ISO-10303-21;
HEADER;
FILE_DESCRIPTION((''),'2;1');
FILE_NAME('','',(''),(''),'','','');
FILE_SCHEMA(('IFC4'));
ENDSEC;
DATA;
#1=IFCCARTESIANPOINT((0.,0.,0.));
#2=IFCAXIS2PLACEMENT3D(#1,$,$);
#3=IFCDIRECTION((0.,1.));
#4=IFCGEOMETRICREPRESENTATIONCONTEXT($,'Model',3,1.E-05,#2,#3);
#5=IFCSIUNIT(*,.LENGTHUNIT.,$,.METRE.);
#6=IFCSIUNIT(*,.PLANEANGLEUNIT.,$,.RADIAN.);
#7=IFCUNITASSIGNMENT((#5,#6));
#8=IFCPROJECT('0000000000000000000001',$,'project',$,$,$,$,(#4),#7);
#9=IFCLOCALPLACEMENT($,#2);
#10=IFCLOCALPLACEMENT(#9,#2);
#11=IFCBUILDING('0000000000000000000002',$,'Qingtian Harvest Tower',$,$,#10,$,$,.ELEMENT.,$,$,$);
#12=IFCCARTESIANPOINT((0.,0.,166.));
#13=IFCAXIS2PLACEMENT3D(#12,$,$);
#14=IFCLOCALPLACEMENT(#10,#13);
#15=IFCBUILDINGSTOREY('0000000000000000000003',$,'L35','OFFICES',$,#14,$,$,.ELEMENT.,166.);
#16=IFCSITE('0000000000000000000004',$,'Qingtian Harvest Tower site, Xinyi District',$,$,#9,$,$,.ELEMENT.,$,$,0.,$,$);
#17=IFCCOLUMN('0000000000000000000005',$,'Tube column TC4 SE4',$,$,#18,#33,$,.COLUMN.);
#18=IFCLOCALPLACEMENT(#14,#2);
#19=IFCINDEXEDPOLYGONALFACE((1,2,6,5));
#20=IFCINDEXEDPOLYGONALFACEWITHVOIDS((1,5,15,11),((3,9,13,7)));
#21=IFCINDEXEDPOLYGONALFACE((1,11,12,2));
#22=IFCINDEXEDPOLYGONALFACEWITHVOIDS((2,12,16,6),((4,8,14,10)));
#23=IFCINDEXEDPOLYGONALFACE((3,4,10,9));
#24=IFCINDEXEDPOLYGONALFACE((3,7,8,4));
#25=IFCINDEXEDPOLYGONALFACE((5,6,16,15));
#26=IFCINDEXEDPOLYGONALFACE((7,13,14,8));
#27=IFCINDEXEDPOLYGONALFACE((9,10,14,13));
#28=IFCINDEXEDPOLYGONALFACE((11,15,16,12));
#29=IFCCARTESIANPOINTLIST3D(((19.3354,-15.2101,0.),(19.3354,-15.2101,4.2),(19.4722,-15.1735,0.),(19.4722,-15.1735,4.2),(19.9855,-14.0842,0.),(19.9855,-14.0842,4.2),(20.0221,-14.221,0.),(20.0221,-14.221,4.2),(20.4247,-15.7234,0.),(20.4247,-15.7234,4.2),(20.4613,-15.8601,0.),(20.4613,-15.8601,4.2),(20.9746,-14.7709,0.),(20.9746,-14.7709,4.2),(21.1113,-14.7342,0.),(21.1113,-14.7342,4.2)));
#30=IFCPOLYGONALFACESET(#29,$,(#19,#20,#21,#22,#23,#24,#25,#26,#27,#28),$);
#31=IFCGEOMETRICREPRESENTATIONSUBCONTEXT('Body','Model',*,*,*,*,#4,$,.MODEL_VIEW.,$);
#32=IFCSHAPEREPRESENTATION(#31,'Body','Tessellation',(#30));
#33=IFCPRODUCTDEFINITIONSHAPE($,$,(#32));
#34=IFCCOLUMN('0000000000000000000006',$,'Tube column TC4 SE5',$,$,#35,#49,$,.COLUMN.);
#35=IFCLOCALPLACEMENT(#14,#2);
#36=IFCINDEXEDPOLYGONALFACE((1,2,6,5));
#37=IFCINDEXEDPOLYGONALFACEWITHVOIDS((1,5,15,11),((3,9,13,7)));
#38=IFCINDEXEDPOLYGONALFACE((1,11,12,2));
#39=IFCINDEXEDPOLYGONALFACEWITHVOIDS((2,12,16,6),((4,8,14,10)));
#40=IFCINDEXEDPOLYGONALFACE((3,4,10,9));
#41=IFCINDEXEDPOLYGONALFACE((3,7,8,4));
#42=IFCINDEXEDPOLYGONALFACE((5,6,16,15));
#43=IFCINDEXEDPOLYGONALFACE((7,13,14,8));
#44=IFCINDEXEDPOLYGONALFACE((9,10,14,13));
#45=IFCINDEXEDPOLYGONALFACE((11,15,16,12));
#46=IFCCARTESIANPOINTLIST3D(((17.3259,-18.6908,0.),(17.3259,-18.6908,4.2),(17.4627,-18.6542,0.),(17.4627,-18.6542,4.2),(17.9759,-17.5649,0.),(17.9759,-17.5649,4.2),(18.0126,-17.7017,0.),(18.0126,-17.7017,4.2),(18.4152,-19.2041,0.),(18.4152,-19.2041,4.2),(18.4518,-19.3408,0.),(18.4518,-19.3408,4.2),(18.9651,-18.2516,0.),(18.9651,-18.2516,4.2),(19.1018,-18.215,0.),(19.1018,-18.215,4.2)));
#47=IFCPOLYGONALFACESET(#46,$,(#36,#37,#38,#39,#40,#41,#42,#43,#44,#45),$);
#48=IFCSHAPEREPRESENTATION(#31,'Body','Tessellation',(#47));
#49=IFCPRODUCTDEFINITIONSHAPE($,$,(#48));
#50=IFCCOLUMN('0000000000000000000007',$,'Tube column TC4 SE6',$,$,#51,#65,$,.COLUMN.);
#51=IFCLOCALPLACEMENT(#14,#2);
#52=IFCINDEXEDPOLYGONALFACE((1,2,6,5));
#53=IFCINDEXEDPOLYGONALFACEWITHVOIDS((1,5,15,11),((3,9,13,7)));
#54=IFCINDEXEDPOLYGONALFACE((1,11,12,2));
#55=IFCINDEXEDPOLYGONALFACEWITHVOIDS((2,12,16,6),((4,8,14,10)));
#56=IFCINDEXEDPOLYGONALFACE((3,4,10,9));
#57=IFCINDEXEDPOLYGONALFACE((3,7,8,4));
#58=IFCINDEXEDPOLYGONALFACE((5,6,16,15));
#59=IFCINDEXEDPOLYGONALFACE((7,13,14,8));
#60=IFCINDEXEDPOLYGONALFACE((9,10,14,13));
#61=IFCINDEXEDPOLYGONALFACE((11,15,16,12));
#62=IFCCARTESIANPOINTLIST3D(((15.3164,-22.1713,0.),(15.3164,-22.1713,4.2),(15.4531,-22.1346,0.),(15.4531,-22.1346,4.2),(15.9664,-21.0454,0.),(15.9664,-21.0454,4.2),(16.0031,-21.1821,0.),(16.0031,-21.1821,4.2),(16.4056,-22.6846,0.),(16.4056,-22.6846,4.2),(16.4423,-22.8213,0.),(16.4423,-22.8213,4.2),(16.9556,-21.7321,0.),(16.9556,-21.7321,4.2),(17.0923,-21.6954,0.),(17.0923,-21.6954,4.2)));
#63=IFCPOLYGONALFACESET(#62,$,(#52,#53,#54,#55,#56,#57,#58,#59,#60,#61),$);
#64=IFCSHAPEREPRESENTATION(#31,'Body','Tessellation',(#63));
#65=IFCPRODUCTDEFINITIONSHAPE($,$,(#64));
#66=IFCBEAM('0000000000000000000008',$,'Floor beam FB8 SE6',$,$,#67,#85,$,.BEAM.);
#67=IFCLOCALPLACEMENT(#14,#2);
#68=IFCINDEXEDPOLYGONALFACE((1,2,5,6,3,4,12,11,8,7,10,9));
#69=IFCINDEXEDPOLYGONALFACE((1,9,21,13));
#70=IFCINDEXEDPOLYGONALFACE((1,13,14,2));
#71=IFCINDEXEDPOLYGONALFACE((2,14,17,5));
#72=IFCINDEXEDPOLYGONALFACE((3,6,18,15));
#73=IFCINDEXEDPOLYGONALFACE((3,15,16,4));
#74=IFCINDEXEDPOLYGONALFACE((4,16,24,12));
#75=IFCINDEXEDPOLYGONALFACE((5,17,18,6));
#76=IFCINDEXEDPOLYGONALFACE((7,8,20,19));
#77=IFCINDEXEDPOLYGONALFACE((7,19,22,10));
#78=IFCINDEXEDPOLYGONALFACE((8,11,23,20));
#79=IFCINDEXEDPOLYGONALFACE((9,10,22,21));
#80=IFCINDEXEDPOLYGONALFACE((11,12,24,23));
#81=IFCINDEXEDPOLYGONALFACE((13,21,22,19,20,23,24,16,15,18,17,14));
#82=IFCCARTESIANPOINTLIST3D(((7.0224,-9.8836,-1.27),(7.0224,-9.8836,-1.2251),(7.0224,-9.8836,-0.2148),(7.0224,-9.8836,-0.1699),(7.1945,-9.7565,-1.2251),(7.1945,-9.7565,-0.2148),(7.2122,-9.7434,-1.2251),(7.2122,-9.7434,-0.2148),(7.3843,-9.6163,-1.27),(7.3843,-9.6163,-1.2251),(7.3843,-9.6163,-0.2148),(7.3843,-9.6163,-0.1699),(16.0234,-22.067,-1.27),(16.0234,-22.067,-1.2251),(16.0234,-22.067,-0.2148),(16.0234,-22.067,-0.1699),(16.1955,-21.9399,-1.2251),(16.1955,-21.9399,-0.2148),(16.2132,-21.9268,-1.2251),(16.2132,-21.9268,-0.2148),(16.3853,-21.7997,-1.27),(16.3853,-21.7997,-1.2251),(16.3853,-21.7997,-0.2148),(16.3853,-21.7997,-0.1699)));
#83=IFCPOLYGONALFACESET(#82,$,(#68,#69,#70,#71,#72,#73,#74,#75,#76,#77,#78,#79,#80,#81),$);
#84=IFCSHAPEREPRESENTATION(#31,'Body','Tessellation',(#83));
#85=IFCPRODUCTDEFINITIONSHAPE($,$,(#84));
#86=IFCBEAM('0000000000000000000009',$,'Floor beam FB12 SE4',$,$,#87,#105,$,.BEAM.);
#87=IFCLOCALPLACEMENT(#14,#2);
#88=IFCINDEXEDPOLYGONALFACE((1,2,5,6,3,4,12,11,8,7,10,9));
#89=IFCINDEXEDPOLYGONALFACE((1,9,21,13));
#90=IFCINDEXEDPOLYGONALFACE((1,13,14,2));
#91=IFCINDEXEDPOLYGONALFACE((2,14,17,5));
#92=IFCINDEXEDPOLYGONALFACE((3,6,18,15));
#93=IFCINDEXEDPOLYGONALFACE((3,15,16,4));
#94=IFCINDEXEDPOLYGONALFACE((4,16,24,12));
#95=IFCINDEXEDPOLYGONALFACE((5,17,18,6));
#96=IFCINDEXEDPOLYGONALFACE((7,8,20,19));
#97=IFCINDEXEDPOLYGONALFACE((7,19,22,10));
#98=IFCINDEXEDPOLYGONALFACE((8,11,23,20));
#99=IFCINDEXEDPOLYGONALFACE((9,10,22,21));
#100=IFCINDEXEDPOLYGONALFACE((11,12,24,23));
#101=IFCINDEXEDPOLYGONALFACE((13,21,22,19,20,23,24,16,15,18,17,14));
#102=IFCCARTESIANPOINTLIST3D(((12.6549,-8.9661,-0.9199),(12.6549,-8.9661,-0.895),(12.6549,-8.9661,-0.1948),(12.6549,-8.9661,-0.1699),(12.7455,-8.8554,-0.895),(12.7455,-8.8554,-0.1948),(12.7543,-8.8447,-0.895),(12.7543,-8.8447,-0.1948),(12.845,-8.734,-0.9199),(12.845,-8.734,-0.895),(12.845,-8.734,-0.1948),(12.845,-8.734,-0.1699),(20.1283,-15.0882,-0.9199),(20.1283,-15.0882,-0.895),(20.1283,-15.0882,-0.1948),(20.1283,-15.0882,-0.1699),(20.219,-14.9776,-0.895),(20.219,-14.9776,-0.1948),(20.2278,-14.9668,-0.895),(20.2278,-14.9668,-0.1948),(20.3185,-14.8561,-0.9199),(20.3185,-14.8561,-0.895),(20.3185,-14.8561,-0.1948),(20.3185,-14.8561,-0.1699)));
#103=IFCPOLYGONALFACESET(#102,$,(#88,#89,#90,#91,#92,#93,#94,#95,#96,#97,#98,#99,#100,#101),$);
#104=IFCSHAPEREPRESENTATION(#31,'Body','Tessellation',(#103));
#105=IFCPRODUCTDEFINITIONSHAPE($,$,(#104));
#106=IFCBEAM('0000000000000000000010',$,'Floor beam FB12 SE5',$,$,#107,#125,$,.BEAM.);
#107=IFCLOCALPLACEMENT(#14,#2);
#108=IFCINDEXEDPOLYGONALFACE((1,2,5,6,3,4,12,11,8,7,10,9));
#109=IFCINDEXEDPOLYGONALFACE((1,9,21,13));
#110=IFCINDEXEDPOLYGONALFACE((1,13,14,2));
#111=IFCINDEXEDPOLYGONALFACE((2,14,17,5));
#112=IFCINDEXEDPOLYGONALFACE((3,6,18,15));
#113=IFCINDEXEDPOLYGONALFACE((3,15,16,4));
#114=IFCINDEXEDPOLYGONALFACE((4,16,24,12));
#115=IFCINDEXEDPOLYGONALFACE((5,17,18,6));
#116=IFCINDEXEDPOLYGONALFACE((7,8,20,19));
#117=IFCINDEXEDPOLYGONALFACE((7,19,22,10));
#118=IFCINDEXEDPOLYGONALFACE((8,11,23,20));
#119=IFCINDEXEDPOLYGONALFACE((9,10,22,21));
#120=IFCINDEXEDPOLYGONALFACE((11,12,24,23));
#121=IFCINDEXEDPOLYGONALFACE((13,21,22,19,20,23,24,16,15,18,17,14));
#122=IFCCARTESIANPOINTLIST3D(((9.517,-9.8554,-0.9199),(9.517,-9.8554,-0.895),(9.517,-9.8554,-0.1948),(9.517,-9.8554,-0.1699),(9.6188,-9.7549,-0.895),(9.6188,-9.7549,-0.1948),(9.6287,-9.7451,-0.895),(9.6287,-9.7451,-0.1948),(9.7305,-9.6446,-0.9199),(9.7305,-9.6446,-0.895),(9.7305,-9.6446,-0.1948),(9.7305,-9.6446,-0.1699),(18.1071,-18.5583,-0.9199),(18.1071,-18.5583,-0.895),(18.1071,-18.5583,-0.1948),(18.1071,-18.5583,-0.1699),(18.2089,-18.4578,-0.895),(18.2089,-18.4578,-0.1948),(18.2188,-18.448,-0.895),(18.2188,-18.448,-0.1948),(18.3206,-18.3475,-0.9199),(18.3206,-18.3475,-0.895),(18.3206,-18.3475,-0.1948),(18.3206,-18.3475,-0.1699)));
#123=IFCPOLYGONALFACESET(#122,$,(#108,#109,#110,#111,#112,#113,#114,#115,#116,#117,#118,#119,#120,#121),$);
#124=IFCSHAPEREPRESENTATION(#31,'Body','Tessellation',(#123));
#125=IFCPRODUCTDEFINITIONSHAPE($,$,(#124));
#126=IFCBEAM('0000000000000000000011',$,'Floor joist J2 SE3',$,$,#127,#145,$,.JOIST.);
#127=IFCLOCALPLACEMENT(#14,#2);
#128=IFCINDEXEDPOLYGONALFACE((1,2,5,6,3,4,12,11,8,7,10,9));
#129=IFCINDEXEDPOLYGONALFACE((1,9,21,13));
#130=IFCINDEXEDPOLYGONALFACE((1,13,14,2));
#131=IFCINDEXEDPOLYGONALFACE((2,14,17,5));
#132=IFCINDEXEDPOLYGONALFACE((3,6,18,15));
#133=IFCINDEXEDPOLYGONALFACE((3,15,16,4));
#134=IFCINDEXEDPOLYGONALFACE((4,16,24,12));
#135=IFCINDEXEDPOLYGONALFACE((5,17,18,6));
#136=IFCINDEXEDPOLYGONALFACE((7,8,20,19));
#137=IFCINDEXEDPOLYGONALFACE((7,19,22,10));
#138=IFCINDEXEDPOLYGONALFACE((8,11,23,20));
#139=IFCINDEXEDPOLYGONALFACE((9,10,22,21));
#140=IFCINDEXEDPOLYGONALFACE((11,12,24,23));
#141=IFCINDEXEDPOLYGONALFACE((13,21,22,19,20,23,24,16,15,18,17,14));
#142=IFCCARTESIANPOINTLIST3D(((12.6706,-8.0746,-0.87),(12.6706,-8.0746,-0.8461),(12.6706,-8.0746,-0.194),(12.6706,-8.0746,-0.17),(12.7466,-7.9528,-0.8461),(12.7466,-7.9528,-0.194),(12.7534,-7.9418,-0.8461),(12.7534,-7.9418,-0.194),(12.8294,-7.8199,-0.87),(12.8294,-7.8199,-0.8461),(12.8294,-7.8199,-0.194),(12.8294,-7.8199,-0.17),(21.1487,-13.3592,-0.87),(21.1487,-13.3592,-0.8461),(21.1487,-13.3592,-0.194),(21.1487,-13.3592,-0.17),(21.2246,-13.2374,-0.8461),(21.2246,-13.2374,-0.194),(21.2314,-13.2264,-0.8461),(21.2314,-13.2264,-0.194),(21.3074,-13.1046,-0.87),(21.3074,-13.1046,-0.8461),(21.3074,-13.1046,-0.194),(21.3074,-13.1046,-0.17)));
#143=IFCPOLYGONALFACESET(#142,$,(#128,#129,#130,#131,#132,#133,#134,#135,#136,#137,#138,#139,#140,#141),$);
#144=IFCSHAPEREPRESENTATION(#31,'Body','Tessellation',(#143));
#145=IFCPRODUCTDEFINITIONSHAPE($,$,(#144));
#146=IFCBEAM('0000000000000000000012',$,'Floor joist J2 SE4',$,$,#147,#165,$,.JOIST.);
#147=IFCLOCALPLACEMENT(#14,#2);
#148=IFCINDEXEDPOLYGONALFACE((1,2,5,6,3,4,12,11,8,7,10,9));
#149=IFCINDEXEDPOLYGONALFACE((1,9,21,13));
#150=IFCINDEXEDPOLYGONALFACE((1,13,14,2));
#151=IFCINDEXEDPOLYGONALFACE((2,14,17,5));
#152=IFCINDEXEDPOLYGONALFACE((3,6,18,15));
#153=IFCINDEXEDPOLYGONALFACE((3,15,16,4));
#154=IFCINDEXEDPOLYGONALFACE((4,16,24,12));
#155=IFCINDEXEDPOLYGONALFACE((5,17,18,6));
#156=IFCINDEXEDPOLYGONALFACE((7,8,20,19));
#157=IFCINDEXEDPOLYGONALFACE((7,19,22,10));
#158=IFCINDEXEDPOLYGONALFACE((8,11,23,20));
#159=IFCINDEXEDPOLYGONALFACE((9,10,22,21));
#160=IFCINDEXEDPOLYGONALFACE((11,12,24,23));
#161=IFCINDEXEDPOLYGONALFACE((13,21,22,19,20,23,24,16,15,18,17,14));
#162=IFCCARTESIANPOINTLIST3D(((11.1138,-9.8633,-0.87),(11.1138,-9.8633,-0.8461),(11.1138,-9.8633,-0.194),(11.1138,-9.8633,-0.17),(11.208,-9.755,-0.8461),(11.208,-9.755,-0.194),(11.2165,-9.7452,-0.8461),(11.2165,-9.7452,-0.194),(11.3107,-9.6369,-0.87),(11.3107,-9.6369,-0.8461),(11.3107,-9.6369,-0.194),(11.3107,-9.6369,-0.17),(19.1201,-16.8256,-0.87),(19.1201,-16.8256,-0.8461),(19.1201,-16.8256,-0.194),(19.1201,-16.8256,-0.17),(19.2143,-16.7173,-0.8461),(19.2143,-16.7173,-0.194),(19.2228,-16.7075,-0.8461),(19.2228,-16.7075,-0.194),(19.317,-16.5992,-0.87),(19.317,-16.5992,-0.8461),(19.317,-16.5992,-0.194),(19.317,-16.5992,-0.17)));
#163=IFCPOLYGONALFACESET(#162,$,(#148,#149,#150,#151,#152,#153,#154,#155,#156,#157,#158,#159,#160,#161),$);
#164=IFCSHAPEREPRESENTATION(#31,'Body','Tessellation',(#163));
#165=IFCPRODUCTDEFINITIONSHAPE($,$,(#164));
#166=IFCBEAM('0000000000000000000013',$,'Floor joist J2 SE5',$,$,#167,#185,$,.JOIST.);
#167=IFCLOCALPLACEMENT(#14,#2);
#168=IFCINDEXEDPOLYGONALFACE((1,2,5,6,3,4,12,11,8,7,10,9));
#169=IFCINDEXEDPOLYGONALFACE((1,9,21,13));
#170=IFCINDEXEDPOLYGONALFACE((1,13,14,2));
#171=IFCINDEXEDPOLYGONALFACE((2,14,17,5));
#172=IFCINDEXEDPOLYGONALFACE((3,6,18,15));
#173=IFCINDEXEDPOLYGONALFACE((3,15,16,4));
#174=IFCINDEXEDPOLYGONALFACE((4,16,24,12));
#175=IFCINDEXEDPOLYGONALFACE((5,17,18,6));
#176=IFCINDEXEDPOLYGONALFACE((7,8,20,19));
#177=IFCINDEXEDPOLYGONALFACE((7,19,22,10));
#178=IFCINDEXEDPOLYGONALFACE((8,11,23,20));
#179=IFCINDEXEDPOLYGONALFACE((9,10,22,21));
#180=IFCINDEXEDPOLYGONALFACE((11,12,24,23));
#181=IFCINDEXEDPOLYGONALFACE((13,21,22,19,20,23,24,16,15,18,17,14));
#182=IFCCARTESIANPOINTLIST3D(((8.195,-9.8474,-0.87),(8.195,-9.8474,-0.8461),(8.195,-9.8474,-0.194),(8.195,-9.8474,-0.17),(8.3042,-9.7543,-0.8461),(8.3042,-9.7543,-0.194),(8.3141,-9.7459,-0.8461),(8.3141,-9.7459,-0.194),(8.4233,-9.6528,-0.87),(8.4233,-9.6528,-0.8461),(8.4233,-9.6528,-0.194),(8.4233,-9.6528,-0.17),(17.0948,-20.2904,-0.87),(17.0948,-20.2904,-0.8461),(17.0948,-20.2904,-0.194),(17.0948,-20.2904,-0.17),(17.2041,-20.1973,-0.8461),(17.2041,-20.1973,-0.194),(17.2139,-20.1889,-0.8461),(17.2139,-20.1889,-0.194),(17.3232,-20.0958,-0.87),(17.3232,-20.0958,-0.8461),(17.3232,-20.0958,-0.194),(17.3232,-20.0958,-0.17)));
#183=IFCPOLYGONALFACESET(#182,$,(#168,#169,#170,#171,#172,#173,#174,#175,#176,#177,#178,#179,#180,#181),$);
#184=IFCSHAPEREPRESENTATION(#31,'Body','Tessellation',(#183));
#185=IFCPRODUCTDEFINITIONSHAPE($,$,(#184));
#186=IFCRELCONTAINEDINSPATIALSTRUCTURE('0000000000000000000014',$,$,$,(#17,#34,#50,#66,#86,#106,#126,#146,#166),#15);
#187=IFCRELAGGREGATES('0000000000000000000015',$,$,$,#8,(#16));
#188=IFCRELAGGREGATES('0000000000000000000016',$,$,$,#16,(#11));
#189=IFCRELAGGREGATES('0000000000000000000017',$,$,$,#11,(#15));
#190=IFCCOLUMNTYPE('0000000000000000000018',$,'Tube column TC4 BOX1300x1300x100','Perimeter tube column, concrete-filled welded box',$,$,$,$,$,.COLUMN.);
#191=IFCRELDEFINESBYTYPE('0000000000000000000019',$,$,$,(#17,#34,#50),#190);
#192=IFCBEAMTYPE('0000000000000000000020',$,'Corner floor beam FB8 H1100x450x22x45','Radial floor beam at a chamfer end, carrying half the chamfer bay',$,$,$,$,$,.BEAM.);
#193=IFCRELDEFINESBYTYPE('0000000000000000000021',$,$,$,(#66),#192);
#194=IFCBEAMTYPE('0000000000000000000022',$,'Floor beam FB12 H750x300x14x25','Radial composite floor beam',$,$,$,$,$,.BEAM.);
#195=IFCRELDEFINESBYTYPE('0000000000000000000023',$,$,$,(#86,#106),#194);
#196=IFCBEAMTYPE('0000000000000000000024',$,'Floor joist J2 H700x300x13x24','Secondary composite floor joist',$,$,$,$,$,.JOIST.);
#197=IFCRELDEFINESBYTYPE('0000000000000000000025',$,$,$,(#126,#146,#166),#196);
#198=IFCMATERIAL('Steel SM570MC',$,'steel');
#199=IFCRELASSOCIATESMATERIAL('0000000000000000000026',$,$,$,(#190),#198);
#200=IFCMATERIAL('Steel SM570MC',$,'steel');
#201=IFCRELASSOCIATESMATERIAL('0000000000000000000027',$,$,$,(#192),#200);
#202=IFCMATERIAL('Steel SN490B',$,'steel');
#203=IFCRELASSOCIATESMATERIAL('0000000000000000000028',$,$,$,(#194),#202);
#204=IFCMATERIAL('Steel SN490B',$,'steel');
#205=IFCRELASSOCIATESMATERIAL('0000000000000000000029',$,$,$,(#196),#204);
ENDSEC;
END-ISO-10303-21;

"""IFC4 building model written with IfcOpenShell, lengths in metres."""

from ifc_helpers import new_model, si_unit, direction, frame, origin, origin_2d, place, context, subcontext, project, spatial, hollow_rectangle, i_section, extrude, material, material_profile, profile_set, type_object, element, save


model = new_model("IFC4")

# Units and contexts
model_context = context("Model", 3, precision=1e-05, world=origin(), true_north=direction((0.0, 1.0)))
body_context = subcontext(model_context, "Body", "Model", "MODEL_VIEW")
ifc_project = project(units=[si_unit("LENGTHUNIT", "METRE"), si_unit("PLANEANGLEUNIT", "RADIAN")], contexts=[model_context])

# Site, building, storey
site_placement = place(None, origin())
site = spatial("IfcSite", under=ifc_project, at=site_placement, Name="Qingtian Harvest Tower site, Xinyi District", CompositionType="ELEMENT", RefElevation=0.0)
building_placement = place(site_placement, origin())
building = spatial("IfcBuilding", under=site, at=building_placement, Name="Qingtian Harvest Tower", CompositionType="ELEMENT")
storey_placement = place(building_placement, frame((0.0, 0.0, 166.0)))
storey = spatial("IfcBuildingStorey", under=building, at=storey_placement, Name="L35", Description="OFFICES", CompositionType="ELEMENT", Elevation=166.0)

# Columns
ifc_material_1 = material(Name="Steel SM570MC", Category="steel")
ifc_material_profile_1 = material_profile(ifc_material_1, hollow_rectangle(XDim=1.3, YDim=1.3, WallThickness=0.1001, at=origin_2d()), Name="BOX1300x1300x100")
ifc_profile_set_1 = profile_set([ifc_material_profile_1], Name="Steel SM570MC")
column_type = type_object("IfcColumnType", Name="Tube column TC4 BOX1300x1300x100", Description="Perimeter tube column, concrete-filled welded box", PredefinedType="COLUMN", material=ifc_profile_set_1)
for number, where, z_axis, x_axis, name in (
    (1, (20.2234, -14.9722, 0.0), (0.0, 0.0, 1.0), (0.5, 0.866025, 0.0), "Tube column TC4 SE4"),
    (2, (18.2139, -18.4529, 0.0), (0.0, 0.0, 1.0), (0.5, 0.866025, 0.0), "Tube column TC4 SE5"),
    (3, (16.2043, -21.9333, 0.0), (0.0, 0.0, 1.0), (0.5, 0.866025, 0.0), "Tube column TC4 SE6"),
):
    element("IfcColumn", number, at=place(storey_placement, frame(where, z_axis=z_axis, x_axis=x_axis)), inside=storey, type_object=column_type, Name=name, PredefinedType="COLUMN", context=body_context, shape_type="SweptSolid", body=[
        extrude(hollow_rectangle(XDim=1.3, YDim=1.3, WallThickness=0.1001, at=origin_2d()), origin(), (0.0, 0.0, 1.0), 4.2),
    ])

# Beams
ifc_material_2 = material(Name="Steel SM570MC", Category="steel")
ifc_material_profile_2 = material_profile(ifc_material_2, i_section(OverallWidth=0.45, OverallDepth=1.1001, WebThickness=0.022, FlangeThickness=0.0449, at=origin_2d()), Name="H1100x450x22x45")
ifc_profile_set_2 = profile_set([ifc_material_profile_2], Name="Steel SM570MC")
beam_type_1 = type_object("IfcBeamType", Name="Corner floor beam FB8 H1100x450x22x45", Description="Radial floor beam at a chamfer end, carrying half the chamfer bay", PredefinedType="BEAM", material=ifc_profile_set_2)
beam_1_placement = place(storey_placement, frame((16.2043, -21.9333, -0.72), z_axis=(-0.594216, 0.804306, 0.0), x_axis=(-0.804306, -0.594216, 0.0)))
element("IfcBeam", 4, at=beam_1_placement, inside=storey, type_object=beam_type_1, Name="Floor beam FB8 SE6", PredefinedType="BEAM", context=body_context, shape_type="SweptSolid", body=[
    extrude(i_section(OverallWidth=0.45, OverallDepth=1.1001, WebThickness=0.022, FlangeThickness=0.0449, at=origin_2d()), origin(), (0.0, 0.0, 1.0), 15.1477),
])
ifc_material_3 = material(Name="Steel SN490B", Category="steel")
ifc_material_profile_3 = material_profile(ifc_material_3, i_section(OverallWidth=0.3, OverallDepth=0.75, WebThickness=0.0139, FlangeThickness=0.0249, at=origin_2d()), Name="H750x300x14x25")
ifc_profile_set_3 = profile_set([ifc_material_profile_3], Name="Steel SN490B")
beam_type_2 = type_object("IfcBeamType", Name="Floor beam FB12 H750x300x14x25", Description="Radial composite floor beam", PredefinedType="BEAM", material=ifc_profile_set_3)
beam_2_placement = place(storey_placement, frame((20.2234, -14.9722, -0.5449), z_axis=(-0.773578, 0.633701, 0.0), x_axis=(-0.633701, -0.773578, 0.0)))
element("IfcBeam", 5, at=beam_2_placement, inside=storey, type_object=beam_type_2, Name="Floor beam FB12 SE4", PredefinedType="BEAM", context=body_context, shape_type="SweptSolid", body=[
    extrude(i_section(OverallWidth=0.3, OverallDepth=0.75, WebThickness=0.0139, FlangeThickness=0.0249, at=origin_2d()), origin(), (0.0, 0.0, 1.0), 9.6609),
])
beam_3_placement = place(storey_placement, frame((18.2139, -18.4529, -0.5449), z_axis=(-0.70248, 0.711704, 0.0), x_axis=(-0.711704, -0.70248, 0.0)))
element("IfcBeam", 6, at=beam_3_placement, inside=storey, type_object=beam_type_2, Name="Floor beam FB12 SE5", PredefinedType="BEAM", context=body_context, shape_type="SweptSolid", body=[
    extrude(i_section(OverallWidth=0.3, OverallDepth=0.75, WebThickness=0.0139, FlangeThickness=0.0249, at=origin_2d()), origin(), (0.0, 0.0, 1.0), 12.2283),
])
ifc_material_4 = material(Name="Steel SN490B", Category="steel")
ifc_material_profile_4 = material_profile(ifc_material_4, i_section(OverallWidth=0.3, OverallDepth=0.7, WebThickness=0.0129, FlangeThickness=0.0239, at=origin_2d()), Name="H700x300x13x24")
ifc_profile_set_4 = profile_set([ifc_material_profile_4], Name="Steel SN490B")
beam_type_3 = type_object("IfcBeamType", Name="Floor joist J2 H700x300x13x24", Description="Secondary composite floor joist", PredefinedType="JOIST", material=ifc_profile_set_4)
beam_4_placement = place(storey_placement, frame((21.228, -13.2319, -0.52), z_axis=(-0.848632, 0.528984, 0.0), x_axis=(-0.528984, -0.848632, 0.0)))
element("IfcBeam", 7, at=beam_4_placement, inside=storey, type_object=beam_type_3, Name="Floor joist J2 SE3", PredefinedType="JOIST", context=body_context, shape_type="SweptSolid", body=[
    extrude(i_section(OverallWidth=0.3, OverallDepth=0.7, WebThickness=0.0129, FlangeThickness=0.0239, at=origin_2d()), origin(), (0.0, 0.0, 1.0), 9.9902),
])
beam_5_placement = place(storey_placement, frame((19.2185, -16.7124, -0.52), z_axis=(-0.754589, 0.656198, 0.0), x_axis=(-0.656198, -0.754589, 0.0)))
element("IfcBeam", 8, at=beam_5_placement, inside=storey, type_object=beam_type_3, Name="Floor joist J2 SE4", PredefinedType="JOIST", context=body_context, shape_type="SweptSolid", body=[
    extrude(i_section(OverallWidth=0.3, OverallDepth=0.7, WebThickness=0.0129, FlangeThickness=0.0239, at=origin_2d()), origin(), (0.0, 0.0, 1.0), 10.6101),
])
beam_6_placement = place(storey_placement, frame((17.209, -20.1931, -0.52), z_axis=(-0.648632, 0.761102, 0.0), x_axis=(-0.761102, -0.648632, 0.0)))
element("IfcBeam", 9, at=beam_6_placement, inside=storey, type_object=beam_type_3, Name="Floor joist J2 SE5", PredefinedType="JOIST", context=body_context, shape_type="SweptSolid", body=[
    extrude(i_section(OverallWidth=0.3, OverallDepth=0.7, WebThickness=0.0129, FlangeThickness=0.0239, at=origin_2d()), origin(), (0.0, 0.0, 1.0), 13.7209),
])

save(model, "model.ifc")
